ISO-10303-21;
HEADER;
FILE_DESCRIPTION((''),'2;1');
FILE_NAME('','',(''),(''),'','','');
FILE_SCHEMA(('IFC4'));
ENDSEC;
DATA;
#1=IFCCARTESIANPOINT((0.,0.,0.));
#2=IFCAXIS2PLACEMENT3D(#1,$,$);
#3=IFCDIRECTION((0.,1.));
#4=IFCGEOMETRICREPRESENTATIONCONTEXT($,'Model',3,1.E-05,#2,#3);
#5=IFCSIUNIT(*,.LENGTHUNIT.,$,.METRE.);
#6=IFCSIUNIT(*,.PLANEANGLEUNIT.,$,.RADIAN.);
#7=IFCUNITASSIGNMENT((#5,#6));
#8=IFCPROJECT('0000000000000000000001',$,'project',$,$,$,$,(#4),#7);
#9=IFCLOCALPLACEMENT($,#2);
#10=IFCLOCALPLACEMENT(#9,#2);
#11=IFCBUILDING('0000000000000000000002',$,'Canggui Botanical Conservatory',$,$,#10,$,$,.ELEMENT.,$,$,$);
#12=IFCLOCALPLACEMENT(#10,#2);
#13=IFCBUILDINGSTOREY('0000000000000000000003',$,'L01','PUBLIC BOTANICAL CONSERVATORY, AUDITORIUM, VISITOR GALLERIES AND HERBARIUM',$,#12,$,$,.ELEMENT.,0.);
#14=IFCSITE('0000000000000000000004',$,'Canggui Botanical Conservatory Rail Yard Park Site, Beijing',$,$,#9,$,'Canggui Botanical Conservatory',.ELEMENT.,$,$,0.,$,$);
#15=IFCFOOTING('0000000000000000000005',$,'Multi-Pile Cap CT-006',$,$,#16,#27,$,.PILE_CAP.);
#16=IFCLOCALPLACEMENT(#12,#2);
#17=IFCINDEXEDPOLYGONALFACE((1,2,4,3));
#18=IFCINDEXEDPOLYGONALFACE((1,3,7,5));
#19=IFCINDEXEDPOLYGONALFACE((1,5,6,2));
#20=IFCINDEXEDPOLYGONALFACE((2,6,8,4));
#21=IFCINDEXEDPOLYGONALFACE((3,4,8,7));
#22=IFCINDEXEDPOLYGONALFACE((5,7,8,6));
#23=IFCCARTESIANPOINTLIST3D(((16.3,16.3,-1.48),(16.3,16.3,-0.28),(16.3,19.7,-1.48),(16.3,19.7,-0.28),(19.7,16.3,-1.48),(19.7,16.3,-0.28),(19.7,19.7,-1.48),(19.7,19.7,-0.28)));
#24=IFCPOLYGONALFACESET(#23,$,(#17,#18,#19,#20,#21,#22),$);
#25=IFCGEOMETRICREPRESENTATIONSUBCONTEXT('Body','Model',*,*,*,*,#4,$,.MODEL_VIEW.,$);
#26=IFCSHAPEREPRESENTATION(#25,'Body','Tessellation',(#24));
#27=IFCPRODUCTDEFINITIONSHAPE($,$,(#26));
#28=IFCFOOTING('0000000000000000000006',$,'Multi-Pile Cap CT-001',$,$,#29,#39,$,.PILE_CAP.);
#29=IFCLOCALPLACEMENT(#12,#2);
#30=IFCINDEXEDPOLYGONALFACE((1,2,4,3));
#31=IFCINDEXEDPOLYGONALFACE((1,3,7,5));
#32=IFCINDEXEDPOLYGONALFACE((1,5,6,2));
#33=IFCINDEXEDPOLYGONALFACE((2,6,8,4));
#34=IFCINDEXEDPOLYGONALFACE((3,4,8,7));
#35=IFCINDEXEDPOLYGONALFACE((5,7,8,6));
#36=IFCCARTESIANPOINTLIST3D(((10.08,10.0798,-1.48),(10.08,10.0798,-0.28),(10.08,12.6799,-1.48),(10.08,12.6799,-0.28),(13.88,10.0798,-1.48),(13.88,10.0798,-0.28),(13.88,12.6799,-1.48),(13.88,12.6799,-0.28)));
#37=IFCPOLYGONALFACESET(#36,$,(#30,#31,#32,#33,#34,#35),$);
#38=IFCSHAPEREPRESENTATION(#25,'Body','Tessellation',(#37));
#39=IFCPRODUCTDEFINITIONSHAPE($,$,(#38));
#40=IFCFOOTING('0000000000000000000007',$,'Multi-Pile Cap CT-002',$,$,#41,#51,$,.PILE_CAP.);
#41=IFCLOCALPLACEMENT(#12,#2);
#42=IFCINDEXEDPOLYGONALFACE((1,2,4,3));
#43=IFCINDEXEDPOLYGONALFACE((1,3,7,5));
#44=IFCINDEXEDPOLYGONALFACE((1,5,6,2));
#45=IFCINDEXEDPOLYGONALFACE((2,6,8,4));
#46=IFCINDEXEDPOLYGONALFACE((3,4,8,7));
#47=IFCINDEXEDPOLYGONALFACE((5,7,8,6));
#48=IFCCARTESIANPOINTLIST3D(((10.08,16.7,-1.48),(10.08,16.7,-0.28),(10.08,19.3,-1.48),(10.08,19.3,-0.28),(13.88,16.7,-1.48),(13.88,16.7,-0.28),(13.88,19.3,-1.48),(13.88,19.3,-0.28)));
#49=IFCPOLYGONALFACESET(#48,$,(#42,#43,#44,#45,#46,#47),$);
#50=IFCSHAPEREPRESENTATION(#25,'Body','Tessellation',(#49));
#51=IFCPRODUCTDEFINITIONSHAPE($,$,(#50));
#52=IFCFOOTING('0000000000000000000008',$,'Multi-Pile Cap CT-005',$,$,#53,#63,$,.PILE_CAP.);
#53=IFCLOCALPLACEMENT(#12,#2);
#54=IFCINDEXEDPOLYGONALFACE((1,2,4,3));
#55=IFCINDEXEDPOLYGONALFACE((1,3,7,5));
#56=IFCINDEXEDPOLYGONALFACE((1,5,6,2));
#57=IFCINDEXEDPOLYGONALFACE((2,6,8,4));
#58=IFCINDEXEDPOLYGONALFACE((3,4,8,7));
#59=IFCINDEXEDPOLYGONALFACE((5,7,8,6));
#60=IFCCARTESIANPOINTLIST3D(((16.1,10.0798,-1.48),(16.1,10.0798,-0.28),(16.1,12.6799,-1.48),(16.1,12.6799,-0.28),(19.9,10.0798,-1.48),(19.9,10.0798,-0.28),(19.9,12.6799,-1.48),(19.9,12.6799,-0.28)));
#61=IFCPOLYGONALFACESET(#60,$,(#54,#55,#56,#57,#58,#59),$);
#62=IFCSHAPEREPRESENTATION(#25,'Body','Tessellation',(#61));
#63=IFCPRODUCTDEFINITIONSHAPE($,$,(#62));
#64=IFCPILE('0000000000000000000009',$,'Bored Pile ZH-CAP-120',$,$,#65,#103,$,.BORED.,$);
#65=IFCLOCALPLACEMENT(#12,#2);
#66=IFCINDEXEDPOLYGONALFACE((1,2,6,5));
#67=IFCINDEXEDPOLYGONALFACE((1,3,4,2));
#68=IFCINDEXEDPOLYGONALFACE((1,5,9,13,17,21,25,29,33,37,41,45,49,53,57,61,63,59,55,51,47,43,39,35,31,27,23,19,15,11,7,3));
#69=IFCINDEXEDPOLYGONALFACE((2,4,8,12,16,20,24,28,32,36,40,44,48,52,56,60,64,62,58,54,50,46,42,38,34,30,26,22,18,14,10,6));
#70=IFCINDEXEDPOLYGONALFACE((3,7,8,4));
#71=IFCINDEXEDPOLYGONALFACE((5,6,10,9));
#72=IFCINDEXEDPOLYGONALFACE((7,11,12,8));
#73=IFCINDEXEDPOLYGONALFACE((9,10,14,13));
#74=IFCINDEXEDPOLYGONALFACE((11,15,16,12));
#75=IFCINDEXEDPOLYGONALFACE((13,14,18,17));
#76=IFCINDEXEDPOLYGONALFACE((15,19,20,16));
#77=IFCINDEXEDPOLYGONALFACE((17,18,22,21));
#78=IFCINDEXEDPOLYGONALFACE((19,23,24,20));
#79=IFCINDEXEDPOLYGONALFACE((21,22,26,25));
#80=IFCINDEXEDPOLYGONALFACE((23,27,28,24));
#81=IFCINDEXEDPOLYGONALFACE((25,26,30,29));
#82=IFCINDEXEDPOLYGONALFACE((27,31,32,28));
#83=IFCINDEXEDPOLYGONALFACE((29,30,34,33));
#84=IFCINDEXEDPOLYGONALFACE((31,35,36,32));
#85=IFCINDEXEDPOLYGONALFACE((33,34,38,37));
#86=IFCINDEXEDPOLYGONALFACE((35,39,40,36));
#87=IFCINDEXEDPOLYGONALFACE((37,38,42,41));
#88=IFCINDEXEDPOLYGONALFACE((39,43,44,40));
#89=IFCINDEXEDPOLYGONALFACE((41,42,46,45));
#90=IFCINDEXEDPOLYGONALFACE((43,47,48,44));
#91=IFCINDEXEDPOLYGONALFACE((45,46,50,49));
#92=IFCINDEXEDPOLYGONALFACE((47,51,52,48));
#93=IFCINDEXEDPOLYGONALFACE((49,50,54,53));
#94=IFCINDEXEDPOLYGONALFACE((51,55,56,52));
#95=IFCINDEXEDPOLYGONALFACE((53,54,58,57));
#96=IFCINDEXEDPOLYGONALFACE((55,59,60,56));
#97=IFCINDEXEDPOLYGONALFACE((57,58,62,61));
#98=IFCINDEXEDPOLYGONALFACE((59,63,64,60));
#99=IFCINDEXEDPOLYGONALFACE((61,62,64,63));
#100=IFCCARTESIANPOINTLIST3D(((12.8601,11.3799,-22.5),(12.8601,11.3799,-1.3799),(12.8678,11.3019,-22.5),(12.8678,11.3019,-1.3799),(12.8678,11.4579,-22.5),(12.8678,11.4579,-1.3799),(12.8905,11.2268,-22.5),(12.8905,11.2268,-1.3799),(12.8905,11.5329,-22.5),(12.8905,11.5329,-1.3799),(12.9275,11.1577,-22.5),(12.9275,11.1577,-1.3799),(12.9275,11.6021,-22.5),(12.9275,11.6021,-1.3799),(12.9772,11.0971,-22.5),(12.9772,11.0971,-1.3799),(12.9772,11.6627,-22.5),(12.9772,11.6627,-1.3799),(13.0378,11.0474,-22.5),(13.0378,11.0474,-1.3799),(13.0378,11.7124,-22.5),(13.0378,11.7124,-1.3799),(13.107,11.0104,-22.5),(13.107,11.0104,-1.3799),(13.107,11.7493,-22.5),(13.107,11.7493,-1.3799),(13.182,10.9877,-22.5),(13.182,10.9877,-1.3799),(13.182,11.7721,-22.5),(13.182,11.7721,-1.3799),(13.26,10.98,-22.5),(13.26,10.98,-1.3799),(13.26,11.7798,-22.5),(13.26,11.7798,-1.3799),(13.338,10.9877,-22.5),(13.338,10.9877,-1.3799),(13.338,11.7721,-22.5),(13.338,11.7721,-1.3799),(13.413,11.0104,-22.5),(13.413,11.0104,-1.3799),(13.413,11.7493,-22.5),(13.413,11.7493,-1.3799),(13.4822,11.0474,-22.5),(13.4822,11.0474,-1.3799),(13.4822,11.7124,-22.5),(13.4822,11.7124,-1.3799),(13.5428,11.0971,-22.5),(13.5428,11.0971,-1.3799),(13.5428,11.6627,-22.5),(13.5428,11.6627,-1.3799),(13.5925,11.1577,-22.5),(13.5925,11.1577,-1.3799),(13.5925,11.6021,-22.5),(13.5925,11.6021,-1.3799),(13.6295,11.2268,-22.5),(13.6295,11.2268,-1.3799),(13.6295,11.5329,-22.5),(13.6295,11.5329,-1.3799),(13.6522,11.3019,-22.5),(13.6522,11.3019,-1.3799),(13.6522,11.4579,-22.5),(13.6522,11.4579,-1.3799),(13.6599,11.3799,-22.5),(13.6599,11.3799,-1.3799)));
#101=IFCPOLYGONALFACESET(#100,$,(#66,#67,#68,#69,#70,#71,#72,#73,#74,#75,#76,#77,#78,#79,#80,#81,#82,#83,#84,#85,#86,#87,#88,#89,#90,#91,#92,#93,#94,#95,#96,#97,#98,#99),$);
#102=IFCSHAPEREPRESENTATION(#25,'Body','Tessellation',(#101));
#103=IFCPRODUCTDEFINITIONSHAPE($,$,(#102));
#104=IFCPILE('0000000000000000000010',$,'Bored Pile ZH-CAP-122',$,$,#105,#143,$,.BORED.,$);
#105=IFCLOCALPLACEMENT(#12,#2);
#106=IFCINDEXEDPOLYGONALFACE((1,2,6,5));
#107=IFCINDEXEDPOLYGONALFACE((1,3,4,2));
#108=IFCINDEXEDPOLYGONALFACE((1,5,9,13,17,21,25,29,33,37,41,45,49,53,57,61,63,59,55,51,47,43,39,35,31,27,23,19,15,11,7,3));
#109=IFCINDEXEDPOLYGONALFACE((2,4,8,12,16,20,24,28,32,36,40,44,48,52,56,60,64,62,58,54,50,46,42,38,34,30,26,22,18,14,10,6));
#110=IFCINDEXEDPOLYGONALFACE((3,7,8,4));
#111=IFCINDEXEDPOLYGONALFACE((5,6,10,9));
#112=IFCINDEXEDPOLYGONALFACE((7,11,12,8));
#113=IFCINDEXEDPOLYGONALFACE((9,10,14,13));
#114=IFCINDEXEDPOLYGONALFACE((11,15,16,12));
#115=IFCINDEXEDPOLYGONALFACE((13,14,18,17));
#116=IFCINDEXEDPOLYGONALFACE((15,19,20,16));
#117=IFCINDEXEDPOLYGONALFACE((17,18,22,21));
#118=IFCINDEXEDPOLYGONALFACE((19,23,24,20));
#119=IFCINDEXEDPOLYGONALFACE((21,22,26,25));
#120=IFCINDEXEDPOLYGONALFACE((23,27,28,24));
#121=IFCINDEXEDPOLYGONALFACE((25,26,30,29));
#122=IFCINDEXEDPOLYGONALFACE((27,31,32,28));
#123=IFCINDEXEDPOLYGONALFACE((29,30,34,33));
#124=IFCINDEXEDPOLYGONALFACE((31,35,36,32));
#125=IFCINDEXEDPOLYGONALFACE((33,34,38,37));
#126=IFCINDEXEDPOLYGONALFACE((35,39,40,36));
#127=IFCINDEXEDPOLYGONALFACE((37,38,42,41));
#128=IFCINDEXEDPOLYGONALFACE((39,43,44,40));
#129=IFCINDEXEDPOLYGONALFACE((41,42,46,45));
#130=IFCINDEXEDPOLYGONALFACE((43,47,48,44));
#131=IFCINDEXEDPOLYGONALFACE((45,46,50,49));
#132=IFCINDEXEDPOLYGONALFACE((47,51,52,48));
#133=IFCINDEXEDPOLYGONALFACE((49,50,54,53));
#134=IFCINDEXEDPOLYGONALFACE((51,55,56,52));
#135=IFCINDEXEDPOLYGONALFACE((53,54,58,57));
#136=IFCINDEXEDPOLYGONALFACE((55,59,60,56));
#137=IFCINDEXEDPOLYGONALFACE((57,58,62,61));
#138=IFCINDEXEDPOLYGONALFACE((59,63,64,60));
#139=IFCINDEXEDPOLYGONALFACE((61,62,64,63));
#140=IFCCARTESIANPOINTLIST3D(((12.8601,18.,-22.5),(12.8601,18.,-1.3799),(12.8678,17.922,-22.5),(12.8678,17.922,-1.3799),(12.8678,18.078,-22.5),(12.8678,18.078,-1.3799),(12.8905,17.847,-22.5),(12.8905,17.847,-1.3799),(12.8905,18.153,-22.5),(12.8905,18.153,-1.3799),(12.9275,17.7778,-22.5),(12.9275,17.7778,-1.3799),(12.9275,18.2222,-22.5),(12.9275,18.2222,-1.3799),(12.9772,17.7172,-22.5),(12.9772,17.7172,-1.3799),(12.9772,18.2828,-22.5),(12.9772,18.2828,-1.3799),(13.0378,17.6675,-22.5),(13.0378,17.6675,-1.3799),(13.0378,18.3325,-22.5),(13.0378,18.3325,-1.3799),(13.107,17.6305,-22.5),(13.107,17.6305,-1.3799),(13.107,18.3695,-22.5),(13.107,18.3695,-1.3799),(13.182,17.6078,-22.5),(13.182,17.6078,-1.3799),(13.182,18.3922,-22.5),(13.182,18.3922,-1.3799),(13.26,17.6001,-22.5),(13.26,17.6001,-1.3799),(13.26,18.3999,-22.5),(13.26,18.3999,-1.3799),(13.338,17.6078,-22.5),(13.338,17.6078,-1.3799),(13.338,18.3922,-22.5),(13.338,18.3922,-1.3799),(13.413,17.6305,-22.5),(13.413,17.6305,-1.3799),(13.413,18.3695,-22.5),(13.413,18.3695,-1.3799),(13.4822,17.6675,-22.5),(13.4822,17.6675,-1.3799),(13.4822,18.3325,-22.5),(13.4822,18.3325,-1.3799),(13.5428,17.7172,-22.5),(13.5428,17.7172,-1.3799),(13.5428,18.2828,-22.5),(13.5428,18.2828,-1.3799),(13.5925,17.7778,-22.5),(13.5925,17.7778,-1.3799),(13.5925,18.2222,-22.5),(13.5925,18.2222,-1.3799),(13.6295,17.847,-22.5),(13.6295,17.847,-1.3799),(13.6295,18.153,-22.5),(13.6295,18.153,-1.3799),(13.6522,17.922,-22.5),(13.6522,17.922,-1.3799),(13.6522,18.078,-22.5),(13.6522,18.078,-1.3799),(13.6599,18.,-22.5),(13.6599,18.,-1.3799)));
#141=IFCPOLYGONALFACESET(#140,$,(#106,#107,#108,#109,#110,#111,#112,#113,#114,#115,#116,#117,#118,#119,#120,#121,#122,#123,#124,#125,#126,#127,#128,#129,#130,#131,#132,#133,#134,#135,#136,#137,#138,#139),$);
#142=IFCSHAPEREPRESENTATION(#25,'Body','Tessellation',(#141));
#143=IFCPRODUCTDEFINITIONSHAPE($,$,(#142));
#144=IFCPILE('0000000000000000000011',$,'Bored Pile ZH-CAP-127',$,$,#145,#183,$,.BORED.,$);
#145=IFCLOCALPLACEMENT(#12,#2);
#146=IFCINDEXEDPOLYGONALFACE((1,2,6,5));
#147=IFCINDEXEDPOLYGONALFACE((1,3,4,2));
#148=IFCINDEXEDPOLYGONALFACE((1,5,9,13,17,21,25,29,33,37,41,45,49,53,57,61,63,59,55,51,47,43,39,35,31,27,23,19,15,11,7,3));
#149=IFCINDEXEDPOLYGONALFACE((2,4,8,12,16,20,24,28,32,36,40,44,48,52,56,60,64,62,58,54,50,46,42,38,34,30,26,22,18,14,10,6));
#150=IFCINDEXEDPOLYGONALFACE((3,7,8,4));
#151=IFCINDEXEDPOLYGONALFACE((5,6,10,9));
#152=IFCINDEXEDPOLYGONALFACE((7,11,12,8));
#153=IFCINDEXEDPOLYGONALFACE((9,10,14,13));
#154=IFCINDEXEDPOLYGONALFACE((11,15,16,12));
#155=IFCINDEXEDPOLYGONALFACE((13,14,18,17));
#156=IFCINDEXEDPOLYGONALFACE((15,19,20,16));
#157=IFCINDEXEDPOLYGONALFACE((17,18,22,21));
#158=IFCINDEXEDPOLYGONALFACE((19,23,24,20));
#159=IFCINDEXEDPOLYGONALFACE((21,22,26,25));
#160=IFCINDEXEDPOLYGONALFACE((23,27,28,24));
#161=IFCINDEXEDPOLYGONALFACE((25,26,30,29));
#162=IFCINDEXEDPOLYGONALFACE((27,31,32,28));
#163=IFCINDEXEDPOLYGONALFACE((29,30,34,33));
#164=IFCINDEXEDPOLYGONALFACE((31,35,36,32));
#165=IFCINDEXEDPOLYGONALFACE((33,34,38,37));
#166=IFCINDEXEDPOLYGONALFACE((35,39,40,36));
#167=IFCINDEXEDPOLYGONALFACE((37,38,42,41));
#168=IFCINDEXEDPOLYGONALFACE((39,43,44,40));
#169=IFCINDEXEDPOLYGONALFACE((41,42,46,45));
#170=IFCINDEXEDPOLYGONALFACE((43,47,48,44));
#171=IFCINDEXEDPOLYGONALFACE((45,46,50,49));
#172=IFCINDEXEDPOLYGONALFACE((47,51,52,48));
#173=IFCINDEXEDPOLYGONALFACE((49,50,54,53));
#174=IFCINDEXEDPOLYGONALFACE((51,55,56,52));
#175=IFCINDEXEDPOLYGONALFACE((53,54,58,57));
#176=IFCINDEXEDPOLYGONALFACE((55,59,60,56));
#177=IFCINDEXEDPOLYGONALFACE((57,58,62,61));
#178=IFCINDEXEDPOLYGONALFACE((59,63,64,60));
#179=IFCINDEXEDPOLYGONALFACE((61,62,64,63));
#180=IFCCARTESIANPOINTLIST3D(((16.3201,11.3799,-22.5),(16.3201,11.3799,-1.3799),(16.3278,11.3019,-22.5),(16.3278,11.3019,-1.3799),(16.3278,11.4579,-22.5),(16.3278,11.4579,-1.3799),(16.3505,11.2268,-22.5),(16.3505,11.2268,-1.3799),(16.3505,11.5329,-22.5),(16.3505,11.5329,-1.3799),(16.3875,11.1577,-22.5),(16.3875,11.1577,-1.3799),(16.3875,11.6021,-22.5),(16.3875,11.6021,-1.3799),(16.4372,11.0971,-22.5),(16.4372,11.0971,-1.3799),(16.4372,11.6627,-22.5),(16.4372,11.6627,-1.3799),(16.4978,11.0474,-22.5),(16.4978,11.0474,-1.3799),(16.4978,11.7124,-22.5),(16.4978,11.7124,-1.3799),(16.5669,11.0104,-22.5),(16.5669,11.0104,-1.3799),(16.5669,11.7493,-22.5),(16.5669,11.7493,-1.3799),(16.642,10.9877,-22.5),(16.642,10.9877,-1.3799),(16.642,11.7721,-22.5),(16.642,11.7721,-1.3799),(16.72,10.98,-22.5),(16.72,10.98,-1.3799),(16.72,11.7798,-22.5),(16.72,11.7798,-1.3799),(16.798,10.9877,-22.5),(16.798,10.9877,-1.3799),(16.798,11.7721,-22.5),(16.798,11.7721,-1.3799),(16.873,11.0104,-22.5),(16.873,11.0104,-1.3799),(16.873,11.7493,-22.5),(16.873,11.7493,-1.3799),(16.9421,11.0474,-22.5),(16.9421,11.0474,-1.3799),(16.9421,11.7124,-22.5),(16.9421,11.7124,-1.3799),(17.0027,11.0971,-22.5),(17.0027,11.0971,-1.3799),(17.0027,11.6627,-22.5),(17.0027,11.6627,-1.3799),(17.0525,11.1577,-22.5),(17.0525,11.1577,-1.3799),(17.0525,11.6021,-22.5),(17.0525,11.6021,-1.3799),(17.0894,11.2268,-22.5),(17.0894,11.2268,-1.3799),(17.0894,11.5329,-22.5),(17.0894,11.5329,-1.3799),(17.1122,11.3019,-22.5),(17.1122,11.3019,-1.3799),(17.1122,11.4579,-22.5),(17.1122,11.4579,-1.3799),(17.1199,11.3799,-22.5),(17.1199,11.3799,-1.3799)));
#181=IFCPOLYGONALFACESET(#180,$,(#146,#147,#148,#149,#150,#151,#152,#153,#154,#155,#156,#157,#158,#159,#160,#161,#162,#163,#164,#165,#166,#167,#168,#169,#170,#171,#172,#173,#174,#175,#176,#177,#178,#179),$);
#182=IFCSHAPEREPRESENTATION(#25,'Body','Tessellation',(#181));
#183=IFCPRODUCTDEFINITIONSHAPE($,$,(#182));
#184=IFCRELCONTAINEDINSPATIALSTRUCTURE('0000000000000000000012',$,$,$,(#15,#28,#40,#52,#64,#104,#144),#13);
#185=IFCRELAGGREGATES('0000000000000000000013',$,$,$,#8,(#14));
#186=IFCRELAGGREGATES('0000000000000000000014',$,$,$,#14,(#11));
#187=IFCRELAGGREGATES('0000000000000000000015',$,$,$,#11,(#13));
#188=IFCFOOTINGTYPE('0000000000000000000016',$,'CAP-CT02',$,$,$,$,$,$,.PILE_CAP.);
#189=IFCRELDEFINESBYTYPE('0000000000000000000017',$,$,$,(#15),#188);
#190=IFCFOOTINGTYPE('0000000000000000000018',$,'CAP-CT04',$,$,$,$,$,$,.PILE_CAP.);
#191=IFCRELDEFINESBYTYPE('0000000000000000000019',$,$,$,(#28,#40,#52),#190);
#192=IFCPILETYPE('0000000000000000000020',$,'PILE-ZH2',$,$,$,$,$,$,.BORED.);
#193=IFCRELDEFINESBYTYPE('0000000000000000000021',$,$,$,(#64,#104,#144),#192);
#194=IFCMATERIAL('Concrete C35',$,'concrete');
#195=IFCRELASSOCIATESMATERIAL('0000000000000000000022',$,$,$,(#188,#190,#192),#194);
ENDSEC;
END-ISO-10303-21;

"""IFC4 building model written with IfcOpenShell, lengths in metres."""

from ifc_helpers import new_model, si_unit, direction, frame, origin, origin_2d, place, context, subcontext, project, spatial, rectangle, circle, extrude, material, material_profile, profile_set, type_object, element, save


model = new_model("IFC4")

# Units and contexts
model_context = context("Model", 3, precision=1e-05, world=origin(), true_north=direction((0.0, 1.0)))
body_context = subcontext(model_context, "Body", "Model", "MODEL_VIEW")
ifc_project = project(units=[si_unit("LENGTHUNIT", "METRE"), si_unit("PLANEANGLEUNIT", "RADIAN")], contexts=[model_context])

# Site, building, storey
site_placement = place(None, origin())
site = spatial("IfcSite", under=ifc_project, at=site_placement, Name="Canggui Botanical Conservatory Rail Yard Park Site, Beijing", LongName="Canggui Botanical Conservatory", CompositionType="ELEMENT", RefElevation=0.0)
building_placement = place(site_placement, origin())
building = spatial("IfcBuilding", under=site, at=building_placement, Name="Canggui Botanical Conservatory", CompositionType="ELEMENT")
storey_placement = place(building_placement, origin())
storey = spatial("IfcBuildingStorey", under=building, at=storey_placement, Name="L01", Description="PUBLIC BOTANICAL CONSERVATORY, AUDITORIUM, VISITOR GALLERIES AND HERBARIUM", CompositionType="ELEMENT", Elevation=0.0)

# Footings
ifc_material_1 = material(Name="Concrete C35", Category="concrete")
footing_type_1 = type_object("IfcFootingType", Name="CAP-CT02", PredefinedType="PILE_CAP", material=ifc_material_1)
footing_placement = place(storey_placement, frame((18.0, 18.0, -1.48), z_axis=(0.0, 0.0, 1.0), x_axis=(1.0, 0.0, 0.0)))
element("IfcFooting", 1, at=footing_placement, inside=storey, type_object=footing_type_1, Name="Multi-Pile Cap CT-006", PredefinedType="PILE_CAP", context=body_context, shape_type="SweptSolid", body=[
    extrude(rectangle(XDim=3.3999, YDim=3.3999, at=origin_2d()), origin(), (0.0, 0.0, 1.0), 1.2),
])
footing_type_2 = type_object("IfcFootingType", Name="CAP-CT04", PredefinedType="PILE_CAP", material=ifc_material_1)
for number, where, z_axis, x_axis, name in (
    (2, (11.98, 11.3799, -1.48), (0.0, 0.0, 1.0), (1.0, 0.0, 0.0), "Multi-Pile Cap CT-001"),
    (3, (11.98, 18.0, -1.48), (0.0, 0.0, 1.0), (1.0, 0.0, 0.0), "Multi-Pile Cap CT-002"),
    (4, (18.0, 11.3799, -1.48), (0.0, 0.0, 1.0), (1.0, 0.0, 0.0), "Multi-Pile Cap CT-005"),
):
    element("IfcFooting", number, at=place(storey_placement, frame(where, z_axis=z_axis, x_axis=x_axis)), inside=storey, type_object=footing_type_2, Name=name, PredefinedType="PILE_CAP", context=body_context, shape_type="SweptSolid", body=[
        extrude(rectangle(XDim=3.8, YDim=2.6001, at=origin_2d()), origin(), (0.0, 0.0, 1.0), 1.2),
    ])

# Piles
ifc_material_profile_1 = material_profile(ifc_material_1, circle(Radius=0.3999, at=origin_2d()), Name="PILE D800")
ifc_profile_set_1 = profile_set([ifc_material_profile_1], Name="Concrete C35")
pile_type = type_object("IfcPileType", Name="PILE-ZH2", PredefinedType="BORED", material=ifc_profile_set_1)
for number, where, z_axis, x_axis, name in (
    (5, (13.26, 11.3799, -1.3799), (0.0, 0.0, -1.0), (1.0, 0.0, 0.0), "Bored Pile ZH-CAP-120"),
    (6, (13.26, 18.0, -1.3799), (0.0, 0.0, -1.0), (1.0, 0.0, 0.0), "Bored Pile ZH-CAP-122"),
    (7, (16.72, 11.3799, -1.3799), (0.0, 0.0, -1.0), (1.0, 0.0, 0.0), "Bored Pile ZH-CAP-127"),
):
    element("IfcPile", number, at=place(storey_placement, frame(where, z_axis=z_axis, x_axis=x_axis)), inside=storey, type_object=pile_type, Name=name, PredefinedType="BORED", context=body_context, shape_type="SweptSolid", body=[
        extrude(circle(Radius=0.3999, at=origin_2d()), origin(), (0.0, 0.0, 1.0), 21.1201),
    ])

save(model, "model.ifc")
